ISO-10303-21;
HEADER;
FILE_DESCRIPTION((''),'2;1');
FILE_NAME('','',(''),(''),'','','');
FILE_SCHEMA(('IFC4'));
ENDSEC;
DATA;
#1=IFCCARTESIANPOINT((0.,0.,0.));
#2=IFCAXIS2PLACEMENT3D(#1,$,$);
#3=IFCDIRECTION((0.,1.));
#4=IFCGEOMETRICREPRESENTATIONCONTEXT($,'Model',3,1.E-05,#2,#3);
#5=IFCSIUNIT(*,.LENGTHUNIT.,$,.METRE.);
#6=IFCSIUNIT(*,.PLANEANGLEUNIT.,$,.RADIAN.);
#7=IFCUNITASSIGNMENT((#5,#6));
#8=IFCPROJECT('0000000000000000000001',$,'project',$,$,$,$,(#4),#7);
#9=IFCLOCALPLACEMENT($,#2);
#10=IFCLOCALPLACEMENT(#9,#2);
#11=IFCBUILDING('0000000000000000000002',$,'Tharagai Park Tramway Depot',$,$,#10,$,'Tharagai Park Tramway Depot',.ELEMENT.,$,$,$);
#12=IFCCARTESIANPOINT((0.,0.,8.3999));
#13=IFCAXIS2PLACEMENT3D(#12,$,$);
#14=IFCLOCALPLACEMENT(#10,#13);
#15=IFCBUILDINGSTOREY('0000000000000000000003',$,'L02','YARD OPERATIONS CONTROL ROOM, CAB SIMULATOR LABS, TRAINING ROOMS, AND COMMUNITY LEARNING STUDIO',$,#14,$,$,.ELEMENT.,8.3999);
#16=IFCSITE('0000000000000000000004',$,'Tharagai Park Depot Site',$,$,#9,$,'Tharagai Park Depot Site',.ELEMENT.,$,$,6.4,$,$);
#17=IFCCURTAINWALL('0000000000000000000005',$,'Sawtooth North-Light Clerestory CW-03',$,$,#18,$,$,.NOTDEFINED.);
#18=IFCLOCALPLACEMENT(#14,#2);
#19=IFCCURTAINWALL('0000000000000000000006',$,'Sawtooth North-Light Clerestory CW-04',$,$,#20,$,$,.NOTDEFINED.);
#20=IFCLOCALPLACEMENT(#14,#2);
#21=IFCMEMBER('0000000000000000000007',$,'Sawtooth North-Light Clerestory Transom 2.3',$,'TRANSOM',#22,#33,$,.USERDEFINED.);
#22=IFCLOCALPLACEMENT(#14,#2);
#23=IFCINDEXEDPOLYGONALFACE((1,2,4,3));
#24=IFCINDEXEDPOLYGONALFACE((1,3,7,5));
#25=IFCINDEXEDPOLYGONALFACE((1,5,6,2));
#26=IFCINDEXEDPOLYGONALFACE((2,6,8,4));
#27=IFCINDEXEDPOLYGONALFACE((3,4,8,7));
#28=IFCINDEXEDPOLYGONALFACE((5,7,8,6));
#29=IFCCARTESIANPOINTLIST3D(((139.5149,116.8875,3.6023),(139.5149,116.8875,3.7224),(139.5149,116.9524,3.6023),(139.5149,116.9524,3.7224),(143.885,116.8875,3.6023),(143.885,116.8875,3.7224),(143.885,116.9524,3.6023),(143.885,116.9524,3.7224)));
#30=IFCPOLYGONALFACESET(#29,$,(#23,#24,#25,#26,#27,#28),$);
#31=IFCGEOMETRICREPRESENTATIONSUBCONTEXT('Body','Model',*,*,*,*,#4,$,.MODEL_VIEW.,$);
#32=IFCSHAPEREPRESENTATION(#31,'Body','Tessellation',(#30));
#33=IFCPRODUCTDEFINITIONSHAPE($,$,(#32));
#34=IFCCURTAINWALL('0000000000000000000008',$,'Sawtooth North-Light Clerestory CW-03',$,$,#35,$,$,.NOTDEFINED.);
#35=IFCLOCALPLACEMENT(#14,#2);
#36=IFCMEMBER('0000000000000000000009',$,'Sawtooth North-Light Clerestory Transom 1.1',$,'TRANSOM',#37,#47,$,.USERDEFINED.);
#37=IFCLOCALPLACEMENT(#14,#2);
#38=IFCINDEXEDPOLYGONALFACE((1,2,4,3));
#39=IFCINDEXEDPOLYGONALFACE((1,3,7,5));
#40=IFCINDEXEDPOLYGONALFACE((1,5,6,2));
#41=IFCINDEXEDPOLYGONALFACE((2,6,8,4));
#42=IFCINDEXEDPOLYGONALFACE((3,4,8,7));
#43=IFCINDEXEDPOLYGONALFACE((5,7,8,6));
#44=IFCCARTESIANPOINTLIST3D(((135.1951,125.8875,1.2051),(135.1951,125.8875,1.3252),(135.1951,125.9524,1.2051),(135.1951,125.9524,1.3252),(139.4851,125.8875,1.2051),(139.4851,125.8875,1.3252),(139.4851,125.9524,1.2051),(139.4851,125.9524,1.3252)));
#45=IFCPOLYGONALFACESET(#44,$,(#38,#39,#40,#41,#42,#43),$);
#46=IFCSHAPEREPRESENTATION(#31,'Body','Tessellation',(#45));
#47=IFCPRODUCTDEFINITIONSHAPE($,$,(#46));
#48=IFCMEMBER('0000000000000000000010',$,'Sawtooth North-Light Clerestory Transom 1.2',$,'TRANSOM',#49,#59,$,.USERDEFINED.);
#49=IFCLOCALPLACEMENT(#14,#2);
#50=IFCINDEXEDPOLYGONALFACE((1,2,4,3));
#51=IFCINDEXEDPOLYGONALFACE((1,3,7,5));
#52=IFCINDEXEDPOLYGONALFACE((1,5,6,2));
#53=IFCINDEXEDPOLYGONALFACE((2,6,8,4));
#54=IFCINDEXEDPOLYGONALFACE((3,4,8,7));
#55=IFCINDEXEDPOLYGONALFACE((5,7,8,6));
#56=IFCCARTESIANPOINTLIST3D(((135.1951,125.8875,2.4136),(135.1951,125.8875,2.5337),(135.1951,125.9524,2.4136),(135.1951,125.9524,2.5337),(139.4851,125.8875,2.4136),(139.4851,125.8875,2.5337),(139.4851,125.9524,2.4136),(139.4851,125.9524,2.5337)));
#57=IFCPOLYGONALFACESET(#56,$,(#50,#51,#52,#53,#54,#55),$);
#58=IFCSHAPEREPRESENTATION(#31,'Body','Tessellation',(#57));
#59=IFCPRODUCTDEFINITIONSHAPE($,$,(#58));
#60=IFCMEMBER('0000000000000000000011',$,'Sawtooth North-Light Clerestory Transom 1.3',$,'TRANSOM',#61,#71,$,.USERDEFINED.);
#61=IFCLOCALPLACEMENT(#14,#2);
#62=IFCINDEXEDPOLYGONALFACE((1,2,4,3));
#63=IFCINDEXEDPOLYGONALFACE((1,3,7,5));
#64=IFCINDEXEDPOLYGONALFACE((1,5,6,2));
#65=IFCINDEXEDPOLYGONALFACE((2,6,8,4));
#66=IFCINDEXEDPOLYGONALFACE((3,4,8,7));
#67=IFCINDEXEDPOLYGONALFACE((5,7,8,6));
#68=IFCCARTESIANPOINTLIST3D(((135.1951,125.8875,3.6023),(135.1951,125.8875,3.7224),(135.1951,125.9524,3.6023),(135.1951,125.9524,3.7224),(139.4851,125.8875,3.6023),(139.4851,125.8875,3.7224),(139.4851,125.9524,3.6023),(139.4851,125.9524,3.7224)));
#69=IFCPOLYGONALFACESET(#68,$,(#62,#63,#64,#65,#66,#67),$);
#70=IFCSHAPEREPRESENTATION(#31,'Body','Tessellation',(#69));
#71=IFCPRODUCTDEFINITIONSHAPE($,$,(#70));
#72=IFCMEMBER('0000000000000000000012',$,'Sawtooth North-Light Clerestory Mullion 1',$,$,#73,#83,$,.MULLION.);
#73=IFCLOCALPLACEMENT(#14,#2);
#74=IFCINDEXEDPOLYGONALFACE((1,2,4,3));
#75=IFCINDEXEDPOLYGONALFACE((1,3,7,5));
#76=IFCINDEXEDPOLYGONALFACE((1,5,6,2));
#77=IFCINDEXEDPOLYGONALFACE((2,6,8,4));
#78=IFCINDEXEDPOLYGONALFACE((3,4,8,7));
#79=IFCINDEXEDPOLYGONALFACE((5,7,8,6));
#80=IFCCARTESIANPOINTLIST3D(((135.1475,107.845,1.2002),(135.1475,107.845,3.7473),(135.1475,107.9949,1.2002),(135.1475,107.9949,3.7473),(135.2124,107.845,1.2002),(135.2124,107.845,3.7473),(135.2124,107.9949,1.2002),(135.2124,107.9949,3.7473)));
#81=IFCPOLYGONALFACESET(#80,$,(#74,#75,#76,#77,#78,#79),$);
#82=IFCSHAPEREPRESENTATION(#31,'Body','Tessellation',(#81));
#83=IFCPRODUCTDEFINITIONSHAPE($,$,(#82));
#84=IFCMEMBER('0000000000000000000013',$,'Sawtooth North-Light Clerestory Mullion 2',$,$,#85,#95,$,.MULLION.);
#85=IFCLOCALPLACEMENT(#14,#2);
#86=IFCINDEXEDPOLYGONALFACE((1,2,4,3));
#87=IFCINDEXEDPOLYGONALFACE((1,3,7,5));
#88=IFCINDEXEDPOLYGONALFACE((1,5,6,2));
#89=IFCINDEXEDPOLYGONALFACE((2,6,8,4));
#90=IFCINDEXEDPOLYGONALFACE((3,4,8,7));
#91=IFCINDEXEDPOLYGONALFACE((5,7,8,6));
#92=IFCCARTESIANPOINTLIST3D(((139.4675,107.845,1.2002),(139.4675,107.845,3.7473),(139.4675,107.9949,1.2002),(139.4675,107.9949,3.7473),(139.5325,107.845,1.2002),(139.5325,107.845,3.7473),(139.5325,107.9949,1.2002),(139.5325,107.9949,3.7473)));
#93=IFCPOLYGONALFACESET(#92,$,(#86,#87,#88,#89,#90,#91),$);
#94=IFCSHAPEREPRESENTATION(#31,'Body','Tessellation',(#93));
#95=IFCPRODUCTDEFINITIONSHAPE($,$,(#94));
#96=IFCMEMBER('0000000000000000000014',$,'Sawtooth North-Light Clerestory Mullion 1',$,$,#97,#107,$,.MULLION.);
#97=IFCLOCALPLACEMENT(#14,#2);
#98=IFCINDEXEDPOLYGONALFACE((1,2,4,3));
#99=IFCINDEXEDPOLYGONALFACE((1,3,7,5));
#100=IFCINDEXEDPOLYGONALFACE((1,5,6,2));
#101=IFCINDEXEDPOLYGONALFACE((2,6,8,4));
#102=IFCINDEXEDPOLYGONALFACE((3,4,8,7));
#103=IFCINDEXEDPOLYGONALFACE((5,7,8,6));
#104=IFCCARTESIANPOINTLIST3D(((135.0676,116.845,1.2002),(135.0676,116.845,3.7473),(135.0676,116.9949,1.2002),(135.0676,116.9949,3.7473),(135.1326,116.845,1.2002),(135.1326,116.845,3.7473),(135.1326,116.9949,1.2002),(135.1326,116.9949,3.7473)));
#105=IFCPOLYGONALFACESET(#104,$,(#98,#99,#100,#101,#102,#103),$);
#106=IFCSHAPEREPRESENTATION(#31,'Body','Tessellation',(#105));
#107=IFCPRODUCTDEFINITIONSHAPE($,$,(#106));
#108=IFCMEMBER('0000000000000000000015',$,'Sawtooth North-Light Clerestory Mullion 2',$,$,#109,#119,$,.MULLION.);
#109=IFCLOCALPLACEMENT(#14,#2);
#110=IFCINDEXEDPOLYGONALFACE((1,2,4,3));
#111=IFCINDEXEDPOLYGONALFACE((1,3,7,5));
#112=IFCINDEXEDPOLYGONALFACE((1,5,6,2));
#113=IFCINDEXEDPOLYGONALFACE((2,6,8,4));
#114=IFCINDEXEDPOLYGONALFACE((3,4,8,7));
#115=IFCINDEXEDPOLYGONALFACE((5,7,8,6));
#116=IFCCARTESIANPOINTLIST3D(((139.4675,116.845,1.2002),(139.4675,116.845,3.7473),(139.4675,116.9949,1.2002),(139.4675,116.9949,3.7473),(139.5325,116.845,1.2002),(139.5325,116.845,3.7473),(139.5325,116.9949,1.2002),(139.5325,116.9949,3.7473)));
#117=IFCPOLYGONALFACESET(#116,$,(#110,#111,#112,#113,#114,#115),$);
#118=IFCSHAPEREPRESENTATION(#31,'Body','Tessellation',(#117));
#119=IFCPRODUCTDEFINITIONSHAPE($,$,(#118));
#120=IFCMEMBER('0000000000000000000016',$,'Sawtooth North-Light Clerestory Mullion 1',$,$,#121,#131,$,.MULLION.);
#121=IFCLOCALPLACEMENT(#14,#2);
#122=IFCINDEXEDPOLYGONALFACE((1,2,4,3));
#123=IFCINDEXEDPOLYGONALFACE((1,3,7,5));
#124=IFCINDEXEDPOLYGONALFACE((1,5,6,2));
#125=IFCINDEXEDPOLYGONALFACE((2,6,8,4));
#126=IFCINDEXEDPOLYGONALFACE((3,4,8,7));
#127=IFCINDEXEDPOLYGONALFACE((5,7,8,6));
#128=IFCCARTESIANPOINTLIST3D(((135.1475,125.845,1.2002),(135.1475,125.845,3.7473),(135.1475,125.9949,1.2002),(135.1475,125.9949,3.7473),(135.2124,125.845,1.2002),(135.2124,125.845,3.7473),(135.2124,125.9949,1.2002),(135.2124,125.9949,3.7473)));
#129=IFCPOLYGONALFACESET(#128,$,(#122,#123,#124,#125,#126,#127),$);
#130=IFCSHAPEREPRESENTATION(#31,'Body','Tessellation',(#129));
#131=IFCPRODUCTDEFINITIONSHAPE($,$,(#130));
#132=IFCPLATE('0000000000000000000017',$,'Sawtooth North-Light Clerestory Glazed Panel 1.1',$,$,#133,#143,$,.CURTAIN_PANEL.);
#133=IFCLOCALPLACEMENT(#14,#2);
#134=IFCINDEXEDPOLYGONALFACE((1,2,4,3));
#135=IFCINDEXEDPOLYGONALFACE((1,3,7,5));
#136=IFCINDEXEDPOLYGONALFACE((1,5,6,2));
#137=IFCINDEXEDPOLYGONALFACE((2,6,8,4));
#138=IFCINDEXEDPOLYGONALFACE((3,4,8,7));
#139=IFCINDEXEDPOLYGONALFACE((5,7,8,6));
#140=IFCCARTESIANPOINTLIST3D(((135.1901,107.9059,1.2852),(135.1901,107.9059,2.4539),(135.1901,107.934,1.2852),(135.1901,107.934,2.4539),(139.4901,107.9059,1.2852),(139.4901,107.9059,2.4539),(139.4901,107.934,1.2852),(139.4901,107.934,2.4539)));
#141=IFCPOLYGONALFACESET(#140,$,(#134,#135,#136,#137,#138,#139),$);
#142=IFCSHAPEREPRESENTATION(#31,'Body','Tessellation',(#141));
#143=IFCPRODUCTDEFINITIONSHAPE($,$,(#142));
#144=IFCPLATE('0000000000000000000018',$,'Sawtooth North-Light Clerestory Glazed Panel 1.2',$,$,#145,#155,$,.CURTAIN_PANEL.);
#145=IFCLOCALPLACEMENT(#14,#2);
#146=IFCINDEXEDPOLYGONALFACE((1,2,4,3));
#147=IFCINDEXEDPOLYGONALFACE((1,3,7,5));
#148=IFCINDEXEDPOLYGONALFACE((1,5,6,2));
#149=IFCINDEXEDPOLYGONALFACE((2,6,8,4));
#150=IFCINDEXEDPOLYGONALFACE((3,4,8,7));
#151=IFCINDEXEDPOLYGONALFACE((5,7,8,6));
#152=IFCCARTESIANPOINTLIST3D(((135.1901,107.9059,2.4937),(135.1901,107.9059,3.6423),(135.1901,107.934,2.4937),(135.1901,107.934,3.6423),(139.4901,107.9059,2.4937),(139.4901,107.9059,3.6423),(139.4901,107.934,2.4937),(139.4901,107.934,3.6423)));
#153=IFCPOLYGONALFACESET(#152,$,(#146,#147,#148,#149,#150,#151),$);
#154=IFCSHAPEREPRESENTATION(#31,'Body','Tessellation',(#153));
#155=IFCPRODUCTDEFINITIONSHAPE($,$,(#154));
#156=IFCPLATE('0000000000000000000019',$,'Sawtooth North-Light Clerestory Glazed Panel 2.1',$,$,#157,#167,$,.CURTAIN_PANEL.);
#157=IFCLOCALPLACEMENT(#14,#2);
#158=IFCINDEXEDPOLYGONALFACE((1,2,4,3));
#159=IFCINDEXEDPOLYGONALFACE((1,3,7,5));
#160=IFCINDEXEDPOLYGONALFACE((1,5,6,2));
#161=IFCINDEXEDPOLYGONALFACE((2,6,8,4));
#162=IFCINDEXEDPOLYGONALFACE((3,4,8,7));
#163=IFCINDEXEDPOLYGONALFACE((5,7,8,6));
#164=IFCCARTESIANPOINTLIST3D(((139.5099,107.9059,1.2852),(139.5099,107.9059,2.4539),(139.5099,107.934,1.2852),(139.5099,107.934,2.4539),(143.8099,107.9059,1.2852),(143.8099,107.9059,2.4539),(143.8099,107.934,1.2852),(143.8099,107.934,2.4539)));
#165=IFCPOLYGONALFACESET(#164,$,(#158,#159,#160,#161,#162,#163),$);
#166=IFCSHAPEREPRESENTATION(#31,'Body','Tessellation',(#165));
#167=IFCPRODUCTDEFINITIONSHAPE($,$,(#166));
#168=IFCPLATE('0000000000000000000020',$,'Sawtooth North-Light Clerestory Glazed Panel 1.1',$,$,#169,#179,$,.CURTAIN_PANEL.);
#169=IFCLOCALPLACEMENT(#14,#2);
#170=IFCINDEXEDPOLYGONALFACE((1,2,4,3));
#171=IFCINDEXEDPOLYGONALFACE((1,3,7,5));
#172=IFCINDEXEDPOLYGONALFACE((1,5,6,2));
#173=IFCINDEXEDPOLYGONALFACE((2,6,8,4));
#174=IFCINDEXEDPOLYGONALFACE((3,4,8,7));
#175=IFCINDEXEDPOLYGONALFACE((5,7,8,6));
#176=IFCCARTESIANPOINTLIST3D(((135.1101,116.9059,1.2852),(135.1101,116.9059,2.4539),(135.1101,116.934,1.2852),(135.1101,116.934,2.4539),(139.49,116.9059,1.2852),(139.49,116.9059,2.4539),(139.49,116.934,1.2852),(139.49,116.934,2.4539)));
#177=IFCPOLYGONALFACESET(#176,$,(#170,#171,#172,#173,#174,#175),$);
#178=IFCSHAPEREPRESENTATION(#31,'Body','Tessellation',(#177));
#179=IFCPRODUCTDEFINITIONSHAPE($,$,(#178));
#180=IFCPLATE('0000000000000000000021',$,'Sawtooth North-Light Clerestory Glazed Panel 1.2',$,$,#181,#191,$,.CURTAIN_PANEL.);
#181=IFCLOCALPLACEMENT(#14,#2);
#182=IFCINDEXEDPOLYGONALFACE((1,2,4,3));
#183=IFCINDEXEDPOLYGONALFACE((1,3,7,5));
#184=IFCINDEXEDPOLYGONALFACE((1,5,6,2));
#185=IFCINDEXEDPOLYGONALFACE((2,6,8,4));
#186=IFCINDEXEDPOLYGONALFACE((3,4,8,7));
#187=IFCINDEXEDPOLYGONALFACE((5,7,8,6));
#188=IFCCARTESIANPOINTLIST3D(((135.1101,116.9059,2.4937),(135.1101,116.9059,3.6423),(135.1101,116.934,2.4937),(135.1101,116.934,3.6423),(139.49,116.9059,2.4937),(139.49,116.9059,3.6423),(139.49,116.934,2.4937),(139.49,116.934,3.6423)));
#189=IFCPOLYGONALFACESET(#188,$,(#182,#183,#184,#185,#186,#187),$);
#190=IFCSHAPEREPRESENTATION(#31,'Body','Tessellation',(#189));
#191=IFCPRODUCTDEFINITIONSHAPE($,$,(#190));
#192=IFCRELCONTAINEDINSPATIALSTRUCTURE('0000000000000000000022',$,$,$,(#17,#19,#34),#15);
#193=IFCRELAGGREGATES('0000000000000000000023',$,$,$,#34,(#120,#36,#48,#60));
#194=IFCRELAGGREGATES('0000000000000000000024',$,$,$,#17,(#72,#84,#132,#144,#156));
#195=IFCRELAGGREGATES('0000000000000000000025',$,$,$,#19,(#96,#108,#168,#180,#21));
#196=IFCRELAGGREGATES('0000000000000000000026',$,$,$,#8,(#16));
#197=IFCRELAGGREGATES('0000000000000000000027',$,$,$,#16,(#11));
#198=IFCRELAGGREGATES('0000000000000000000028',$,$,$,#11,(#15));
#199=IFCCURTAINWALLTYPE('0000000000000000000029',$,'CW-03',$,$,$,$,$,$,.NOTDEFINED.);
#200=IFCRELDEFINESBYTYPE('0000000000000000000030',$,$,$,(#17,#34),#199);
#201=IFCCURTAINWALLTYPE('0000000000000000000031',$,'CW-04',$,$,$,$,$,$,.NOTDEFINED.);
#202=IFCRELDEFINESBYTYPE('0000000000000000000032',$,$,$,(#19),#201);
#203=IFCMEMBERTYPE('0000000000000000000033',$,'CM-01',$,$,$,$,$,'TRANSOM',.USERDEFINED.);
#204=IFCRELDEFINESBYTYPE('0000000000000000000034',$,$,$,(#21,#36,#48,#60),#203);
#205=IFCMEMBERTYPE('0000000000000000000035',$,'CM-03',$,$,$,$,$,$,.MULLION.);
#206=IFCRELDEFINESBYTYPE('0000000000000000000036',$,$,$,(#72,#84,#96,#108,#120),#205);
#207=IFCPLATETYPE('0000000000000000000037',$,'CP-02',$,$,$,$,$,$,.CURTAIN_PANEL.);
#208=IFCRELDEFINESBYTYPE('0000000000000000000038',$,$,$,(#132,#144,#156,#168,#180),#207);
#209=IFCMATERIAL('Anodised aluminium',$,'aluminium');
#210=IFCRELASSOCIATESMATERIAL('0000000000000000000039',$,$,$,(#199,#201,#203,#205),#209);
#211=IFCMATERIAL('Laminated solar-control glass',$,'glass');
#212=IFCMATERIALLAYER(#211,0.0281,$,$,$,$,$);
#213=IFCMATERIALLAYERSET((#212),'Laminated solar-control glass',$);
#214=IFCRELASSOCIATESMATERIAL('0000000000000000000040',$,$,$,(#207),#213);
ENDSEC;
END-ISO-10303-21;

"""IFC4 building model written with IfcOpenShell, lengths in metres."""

from ifc_helpers import new_model, si_unit, direction, frame, origin, origin_2d, place, context, subcontext, project, spatial, rectangle, extrude, material, layer, layer_set, material_profile, profile_set, type_object, element, aggregate, save


model = new_model("IFC4")

# Units and contexts
model_context = context("Model", 3, precision=1e-05, world=origin(), true_north=direction((0.0, 1.0)))
body_context = subcontext(model_context, "Body", "Model", "MODEL_VIEW")
ifc_project = project(units=[si_unit("LENGTHUNIT", "METRE"), si_unit("PLANEANGLEUNIT", "RADIAN")], contexts=[model_context])

# Site, building, storey
site_placement = place(None, origin())
site = spatial("IfcSite", under=ifc_project, at=site_placement, Name="Tharagai Park Depot Site", LongName="Tharagai Park Depot Site", CompositionType="ELEMENT", RefElevation=6.4)
building_placement = place(site_placement, origin())
building = spatial("IfcBuilding", under=site, at=building_placement, Name="Tharagai Park Tramway Depot", LongName="Tharagai Park Tramway Depot", CompositionType="ELEMENT")
storey_placement = place(building_placement, frame((0.0, 0.0, 8.3999)))
storey = spatial("IfcBuildingStorey", under=building, at=storey_placement, Name="L02", Description="YARD OPERATIONS CONTROL ROOM, CAB SIMULATOR LABS, TRAINING ROOMS, AND COMMUNITY LEARNING STUDIO", CompositionType="ELEMENT", Elevation=8.3999)

# Curtain walls, members
ifc_material_1 = material(Name="Anodised aluminium", Category="aluminium")
curtain_wall_type_1 = type_object("IfcCurtainWallType", Name="CW-03", PredefinedType="NOTDEFINED", material=ifc_material_1)
curtain_wall_1_placement = place(storey_placement, origin())
curtain_wall_1 = element("IfcCurtainWall", 1, at=curtain_wall_1_placement, inside=storey, type_object=curtain_wall_type_1, Name="Sawtooth North-Light Clerestory CW-03", PredefinedType="NOTDEFINED")
ifc_material_profile_1 = material_profile(ifc_material_1, rectangle(XDim=0.0649, YDim=0.1201, at=origin_2d()), Name="ALU 65x120")
ifc_profile_set_1 = profile_set([ifc_material_profile_1], Name="Anodised aluminium")
member_type_1 = type_object("IfcMemberType", Name="CM-01", ElementType="TRANSOM", PredefinedType="USERDEFINED", material=ifc_profile_set_1)
curtain_wall_type_2 = type_object("IfcCurtainWallType", Name="CW-04", PredefinedType="NOTDEFINED", material=ifc_material_1)
curtain_wall_2_placement = place(storey_placement, origin())
curtain_wall_2 = element("IfcCurtainWall", 2, at=curtain_wall_2_placement, inside=storey, type_object=curtain_wall_type_2, Name="Sawtooth North-Light Clerestory CW-04", PredefinedType="NOTDEFINED")
member_1_placement = place(storey_placement, frame((139.5149, 116.9199, 3.6624), z_axis=(1.0, 0.0, 0.0), x_axis=(0.0, 1.0, 0.0)))
member_1 = element("IfcMember", 3, at=member_1_placement, type_object=member_type_1, Name="Sawtooth North-Light Clerestory Transom 2.3", ObjectType="TRANSOM", PredefinedType="USERDEFINED", context=body_context, shape_type="SweptSolid", body=[
    extrude(rectangle(XDim=0.0649, YDim=0.1201, at=origin_2d()), origin(), (0.0, 0.0, 1.0), 4.3701),
])
curtain_wall_3_placement = place(storey_placement, origin())
curtain_wall_3 = element("IfcCurtainWall", 4, at=curtain_wall_3_placement, inside=storey, type_object=curtain_wall_type_1, Name="Sawtooth North-Light Clerestory CW-03", PredefinedType="NOTDEFINED")
member_2_placement = place(storey_placement, frame((135.1951, 125.9199, 1.2651), z_axis=(1.0, 0.0, 0.0), x_axis=(0.0, 1.0, 0.0)))
member_2 = element("IfcMember", 5, at=member_2_placement, type_object=member_type_1, Name="Sawtooth North-Light Clerestory Transom 1.1", ObjectType="TRANSOM", PredefinedType="USERDEFINED", context=body_context, shape_type="SweptSolid", body=[
    extrude(rectangle(XDim=0.0649, YDim=0.1201, at=origin_2d()), origin(), (0.0, 0.0, 1.0), 4.29),
])
member_3_placement = place(storey_placement, frame((135.1951, 125.9199, 2.4736), z_axis=(1.0, 0.0, 0.0), x_axis=(0.0, 1.0, 0.0)))
member_3 = element("IfcMember", 6, at=member_3_placement, type_object=member_type_1, Name="Sawtooth North-Light Clerestory Transom 1.2", ObjectType="TRANSOM", PredefinedType="USERDEFINED", context=body_context, shape_type="SweptSolid", body=[
    extrude(rectangle(XDim=0.0649, YDim=0.1201, at=origin_2d()), origin(), (0.0, 0.0, 1.0), 4.29),
])
member_4_placement = place(storey_placement, frame((135.1951, 125.9199, 3.6624), z_axis=(1.0, 0.0, 0.0), x_axis=(0.0, 1.0, 0.0)))
member_4 = element("IfcMember", 7, at=member_4_placement, type_object=member_type_1, Name="Sawtooth North-Light Clerestory Transom 1.3", ObjectType="TRANSOM", PredefinedType="USERDEFINED", context=body_context, shape_type="SweptSolid", body=[
    extrude(rectangle(XDim=0.0649, YDim=0.1201, at=origin_2d()), origin(), (0.0, 0.0, 1.0), 4.29),
])

# Members
ifc_material_profile_2 = material_profile(ifc_material_1, rectangle(XDim=0.0649, YDim=0.1499, at=origin_2d()), Name="ALU 65x150")
ifc_profile_set_2 = profile_set([ifc_material_profile_2], Name="Anodised aluminium")
member_type_2 = type_object("IfcMemberType", Name="CM-03", PredefinedType="MULLION", material=ifc_profile_set_2)
member_5_placement = place(storey_placement, frame((135.1799, 107.9199, 1.2002), z_axis=(0.0, 0.0, 1.0), x_axis=(1.0, 0.0, 0.0)))
member_5 = element("IfcMember", 8, at=member_5_placement, type_object=member_type_2, Name="Sawtooth North-Light Clerestory Mullion 1", PredefinedType="MULLION", context=body_context, shape_type="SweptSolid", body=[
    extrude(rectangle(XDim=0.0649, YDim=0.1499, at=origin_2d()), origin(), (0.0, 0.0, 1.0), 2.5471),
])
member_6_placement = place(storey_placement, frame((139.5, 107.9199, 1.2002), z_axis=(0.0, 0.0, 1.0), x_axis=(1.0, 0.0, 0.0)))
member_6 = element("IfcMember", 9, at=member_6_placement, type_object=member_type_2, Name="Sawtooth North-Light Clerestory Mullion 2", PredefinedType="MULLION", context=body_context, shape_type="SweptSolid", body=[
    extrude(rectangle(XDim=0.0649, YDim=0.1499, at=origin_2d()), origin(), (0.0, 0.0, 1.0), 2.5471),
])
member_7_placement = place(storey_placement, frame((135.1001, 116.9199, 1.2002), z_axis=(0.0, 0.0, 1.0), x_axis=(1.0, 0.0, 0.0)))
member_7 = element("IfcMember", 10, at=member_7_placement, type_object=member_type_2, Name="Sawtooth North-Light Clerestory Mullion 1", PredefinedType="MULLION", context=body_context, shape_type="SweptSolid", body=[
    extrude(rectangle(XDim=0.0649, YDim=0.1499, at=origin_2d()), origin(), (0.0, 0.0, 1.0), 2.5471),
])
member_8_placement = place(storey_placement, frame((139.5, 116.9199, 1.2002), z_axis=(0.0, 0.0, 1.0), x_axis=(1.0, 0.0, 0.0)))
member_8 = element("IfcMember", 11, at=member_8_placement, type_object=member_type_2, Name="Sawtooth North-Light Clerestory Mullion 2", PredefinedType="MULLION", context=body_context, shape_type="SweptSolid", body=[
    extrude(rectangle(XDim=0.0649, YDim=0.1499, at=origin_2d()), origin(), (0.0, 0.0, 1.0), 2.5471),
])
member_9_placement = place(storey_placement, frame((135.1799, 125.9199, 1.2002), z_axis=(0.0, 0.0, 1.0), x_axis=(1.0, 0.0, 0.0)))
member_9 = element("IfcMember", 12, at=member_9_placement, type_object=member_type_2, Name="Sawtooth North-Light Clerestory Mullion 1", PredefinedType="MULLION", context=body_context, shape_type="SweptSolid", body=[
    extrude(rectangle(XDim=0.0649, YDim=0.1499, at=origin_2d()), origin(), (0.0, 0.0, 1.0), 2.5471),
])
aggregate(curtain_wall_3, [member_9, member_2, member_3, member_4])

# Plates
ifc_material_2 = material(Name="Laminated solar-control glass", Category="glass")
ifc_layer = layer(ifc_material_2, 0.0281)
ifc_layer_set = layer_set([ifc_layer], Name="Laminated solar-control glass")
plate_type = type_object("IfcPlateType", Name="CP-02", PredefinedType="CURTAIN_PANEL", material=ifc_layer_set)
plate_1_placement = place(storey_placement, frame((137.3401, 107.9199, 1.2852), z_axis=(0.0, 0.0, 1.0), x_axis=(1.0, 0.0, 0.0)))
plate_1 = element("IfcPlate", 13, at=plate_1_placement, type_object=plate_type, Name="Sawtooth North-Light Clerestory Glazed Panel 1.1", PredefinedType="CURTAIN_PANEL", context=body_context, shape_type="SweptSolid", body=[
    extrude(rectangle(XDim=4.3, YDim=0.0281, at=origin_2d()), origin(), (0.0, 0.0, 1.0), 1.1687),
])
plate_2_placement = place(storey_placement, frame((137.3401, 107.9199, 2.4937), z_axis=(0.0, 0.0, 1.0), x_axis=(1.0, 0.0, 0.0)))
plate_2 = element("IfcPlate", 14, at=plate_2_placement, type_object=plate_type, Name="Sawtooth North-Light Clerestory Glazed Panel 1.2", PredefinedType="CURTAIN_PANEL", context=body_context, shape_type="SweptSolid", body=[
    extrude(rectangle(XDim=4.3, YDim=0.0281, at=origin_2d()), origin(), (0.0, 0.0, 1.0), 1.1487),
])
plate_3_placement = place(storey_placement, frame((141.6599, 107.9199, 1.2852), z_axis=(0.0, 0.0, 1.0), x_axis=(1.0, 0.0, 0.0)))
plate_3 = element("IfcPlate", 15, at=plate_3_placement, type_object=plate_type, Name="Sawtooth North-Light Clerestory Glazed Panel 2.1", PredefinedType="CURTAIN_PANEL", context=body_context, shape_type="SweptSolid", body=[
    extrude(rectangle(XDim=4.3, YDim=0.0281, at=origin_2d()), origin(), (0.0, 0.0, 1.0), 1.1687),
])
aggregate(curtain_wall_1, [member_5, member_6, plate_1, plate_2, plate_3])
plate_4_placement = place(storey_placement, frame((137.3, 116.9199, 1.2852), z_axis=(0.0, 0.0, 1.0), x_axis=(1.0, 0.0, 0.0)))
plate_4 = element("IfcPlate", 16, at=plate_4_placement, type_object=plate_type, Name="Sawtooth North-Light Clerestory Glazed Panel 1.1", PredefinedType="CURTAIN_PANEL", context=body_context, shape_type="SweptSolid", body=[
    extrude(rectangle(XDim=4.3799, YDim=0.0281, at=origin_2d()), origin(), (0.0, 0.0, 1.0), 1.1687),
])
plate_5_placement = place(storey_placement, frame((137.3, 116.9199, 2.4937), z_axis=(0.0, 0.0, 1.0), x_axis=(1.0, 0.0, 0.0)))
plate_5 = element("IfcPlate", 17, at=plate_5_placement, type_object=plate_type, Name="Sawtooth North-Light Clerestory Glazed Panel 1.2", PredefinedType="CURTAIN_PANEL", context=body_context, shape_type="SweptSolid", body=[
    extrude(rectangle(XDim=4.3799, YDim=0.0281, at=origin_2d()), origin(), (0.0, 0.0, 1.0), 1.1487),
])
aggregate(curtain_wall_2, [member_7, member_8, plate_4, plate_5, member_1])

save(model, "model.ifc")
